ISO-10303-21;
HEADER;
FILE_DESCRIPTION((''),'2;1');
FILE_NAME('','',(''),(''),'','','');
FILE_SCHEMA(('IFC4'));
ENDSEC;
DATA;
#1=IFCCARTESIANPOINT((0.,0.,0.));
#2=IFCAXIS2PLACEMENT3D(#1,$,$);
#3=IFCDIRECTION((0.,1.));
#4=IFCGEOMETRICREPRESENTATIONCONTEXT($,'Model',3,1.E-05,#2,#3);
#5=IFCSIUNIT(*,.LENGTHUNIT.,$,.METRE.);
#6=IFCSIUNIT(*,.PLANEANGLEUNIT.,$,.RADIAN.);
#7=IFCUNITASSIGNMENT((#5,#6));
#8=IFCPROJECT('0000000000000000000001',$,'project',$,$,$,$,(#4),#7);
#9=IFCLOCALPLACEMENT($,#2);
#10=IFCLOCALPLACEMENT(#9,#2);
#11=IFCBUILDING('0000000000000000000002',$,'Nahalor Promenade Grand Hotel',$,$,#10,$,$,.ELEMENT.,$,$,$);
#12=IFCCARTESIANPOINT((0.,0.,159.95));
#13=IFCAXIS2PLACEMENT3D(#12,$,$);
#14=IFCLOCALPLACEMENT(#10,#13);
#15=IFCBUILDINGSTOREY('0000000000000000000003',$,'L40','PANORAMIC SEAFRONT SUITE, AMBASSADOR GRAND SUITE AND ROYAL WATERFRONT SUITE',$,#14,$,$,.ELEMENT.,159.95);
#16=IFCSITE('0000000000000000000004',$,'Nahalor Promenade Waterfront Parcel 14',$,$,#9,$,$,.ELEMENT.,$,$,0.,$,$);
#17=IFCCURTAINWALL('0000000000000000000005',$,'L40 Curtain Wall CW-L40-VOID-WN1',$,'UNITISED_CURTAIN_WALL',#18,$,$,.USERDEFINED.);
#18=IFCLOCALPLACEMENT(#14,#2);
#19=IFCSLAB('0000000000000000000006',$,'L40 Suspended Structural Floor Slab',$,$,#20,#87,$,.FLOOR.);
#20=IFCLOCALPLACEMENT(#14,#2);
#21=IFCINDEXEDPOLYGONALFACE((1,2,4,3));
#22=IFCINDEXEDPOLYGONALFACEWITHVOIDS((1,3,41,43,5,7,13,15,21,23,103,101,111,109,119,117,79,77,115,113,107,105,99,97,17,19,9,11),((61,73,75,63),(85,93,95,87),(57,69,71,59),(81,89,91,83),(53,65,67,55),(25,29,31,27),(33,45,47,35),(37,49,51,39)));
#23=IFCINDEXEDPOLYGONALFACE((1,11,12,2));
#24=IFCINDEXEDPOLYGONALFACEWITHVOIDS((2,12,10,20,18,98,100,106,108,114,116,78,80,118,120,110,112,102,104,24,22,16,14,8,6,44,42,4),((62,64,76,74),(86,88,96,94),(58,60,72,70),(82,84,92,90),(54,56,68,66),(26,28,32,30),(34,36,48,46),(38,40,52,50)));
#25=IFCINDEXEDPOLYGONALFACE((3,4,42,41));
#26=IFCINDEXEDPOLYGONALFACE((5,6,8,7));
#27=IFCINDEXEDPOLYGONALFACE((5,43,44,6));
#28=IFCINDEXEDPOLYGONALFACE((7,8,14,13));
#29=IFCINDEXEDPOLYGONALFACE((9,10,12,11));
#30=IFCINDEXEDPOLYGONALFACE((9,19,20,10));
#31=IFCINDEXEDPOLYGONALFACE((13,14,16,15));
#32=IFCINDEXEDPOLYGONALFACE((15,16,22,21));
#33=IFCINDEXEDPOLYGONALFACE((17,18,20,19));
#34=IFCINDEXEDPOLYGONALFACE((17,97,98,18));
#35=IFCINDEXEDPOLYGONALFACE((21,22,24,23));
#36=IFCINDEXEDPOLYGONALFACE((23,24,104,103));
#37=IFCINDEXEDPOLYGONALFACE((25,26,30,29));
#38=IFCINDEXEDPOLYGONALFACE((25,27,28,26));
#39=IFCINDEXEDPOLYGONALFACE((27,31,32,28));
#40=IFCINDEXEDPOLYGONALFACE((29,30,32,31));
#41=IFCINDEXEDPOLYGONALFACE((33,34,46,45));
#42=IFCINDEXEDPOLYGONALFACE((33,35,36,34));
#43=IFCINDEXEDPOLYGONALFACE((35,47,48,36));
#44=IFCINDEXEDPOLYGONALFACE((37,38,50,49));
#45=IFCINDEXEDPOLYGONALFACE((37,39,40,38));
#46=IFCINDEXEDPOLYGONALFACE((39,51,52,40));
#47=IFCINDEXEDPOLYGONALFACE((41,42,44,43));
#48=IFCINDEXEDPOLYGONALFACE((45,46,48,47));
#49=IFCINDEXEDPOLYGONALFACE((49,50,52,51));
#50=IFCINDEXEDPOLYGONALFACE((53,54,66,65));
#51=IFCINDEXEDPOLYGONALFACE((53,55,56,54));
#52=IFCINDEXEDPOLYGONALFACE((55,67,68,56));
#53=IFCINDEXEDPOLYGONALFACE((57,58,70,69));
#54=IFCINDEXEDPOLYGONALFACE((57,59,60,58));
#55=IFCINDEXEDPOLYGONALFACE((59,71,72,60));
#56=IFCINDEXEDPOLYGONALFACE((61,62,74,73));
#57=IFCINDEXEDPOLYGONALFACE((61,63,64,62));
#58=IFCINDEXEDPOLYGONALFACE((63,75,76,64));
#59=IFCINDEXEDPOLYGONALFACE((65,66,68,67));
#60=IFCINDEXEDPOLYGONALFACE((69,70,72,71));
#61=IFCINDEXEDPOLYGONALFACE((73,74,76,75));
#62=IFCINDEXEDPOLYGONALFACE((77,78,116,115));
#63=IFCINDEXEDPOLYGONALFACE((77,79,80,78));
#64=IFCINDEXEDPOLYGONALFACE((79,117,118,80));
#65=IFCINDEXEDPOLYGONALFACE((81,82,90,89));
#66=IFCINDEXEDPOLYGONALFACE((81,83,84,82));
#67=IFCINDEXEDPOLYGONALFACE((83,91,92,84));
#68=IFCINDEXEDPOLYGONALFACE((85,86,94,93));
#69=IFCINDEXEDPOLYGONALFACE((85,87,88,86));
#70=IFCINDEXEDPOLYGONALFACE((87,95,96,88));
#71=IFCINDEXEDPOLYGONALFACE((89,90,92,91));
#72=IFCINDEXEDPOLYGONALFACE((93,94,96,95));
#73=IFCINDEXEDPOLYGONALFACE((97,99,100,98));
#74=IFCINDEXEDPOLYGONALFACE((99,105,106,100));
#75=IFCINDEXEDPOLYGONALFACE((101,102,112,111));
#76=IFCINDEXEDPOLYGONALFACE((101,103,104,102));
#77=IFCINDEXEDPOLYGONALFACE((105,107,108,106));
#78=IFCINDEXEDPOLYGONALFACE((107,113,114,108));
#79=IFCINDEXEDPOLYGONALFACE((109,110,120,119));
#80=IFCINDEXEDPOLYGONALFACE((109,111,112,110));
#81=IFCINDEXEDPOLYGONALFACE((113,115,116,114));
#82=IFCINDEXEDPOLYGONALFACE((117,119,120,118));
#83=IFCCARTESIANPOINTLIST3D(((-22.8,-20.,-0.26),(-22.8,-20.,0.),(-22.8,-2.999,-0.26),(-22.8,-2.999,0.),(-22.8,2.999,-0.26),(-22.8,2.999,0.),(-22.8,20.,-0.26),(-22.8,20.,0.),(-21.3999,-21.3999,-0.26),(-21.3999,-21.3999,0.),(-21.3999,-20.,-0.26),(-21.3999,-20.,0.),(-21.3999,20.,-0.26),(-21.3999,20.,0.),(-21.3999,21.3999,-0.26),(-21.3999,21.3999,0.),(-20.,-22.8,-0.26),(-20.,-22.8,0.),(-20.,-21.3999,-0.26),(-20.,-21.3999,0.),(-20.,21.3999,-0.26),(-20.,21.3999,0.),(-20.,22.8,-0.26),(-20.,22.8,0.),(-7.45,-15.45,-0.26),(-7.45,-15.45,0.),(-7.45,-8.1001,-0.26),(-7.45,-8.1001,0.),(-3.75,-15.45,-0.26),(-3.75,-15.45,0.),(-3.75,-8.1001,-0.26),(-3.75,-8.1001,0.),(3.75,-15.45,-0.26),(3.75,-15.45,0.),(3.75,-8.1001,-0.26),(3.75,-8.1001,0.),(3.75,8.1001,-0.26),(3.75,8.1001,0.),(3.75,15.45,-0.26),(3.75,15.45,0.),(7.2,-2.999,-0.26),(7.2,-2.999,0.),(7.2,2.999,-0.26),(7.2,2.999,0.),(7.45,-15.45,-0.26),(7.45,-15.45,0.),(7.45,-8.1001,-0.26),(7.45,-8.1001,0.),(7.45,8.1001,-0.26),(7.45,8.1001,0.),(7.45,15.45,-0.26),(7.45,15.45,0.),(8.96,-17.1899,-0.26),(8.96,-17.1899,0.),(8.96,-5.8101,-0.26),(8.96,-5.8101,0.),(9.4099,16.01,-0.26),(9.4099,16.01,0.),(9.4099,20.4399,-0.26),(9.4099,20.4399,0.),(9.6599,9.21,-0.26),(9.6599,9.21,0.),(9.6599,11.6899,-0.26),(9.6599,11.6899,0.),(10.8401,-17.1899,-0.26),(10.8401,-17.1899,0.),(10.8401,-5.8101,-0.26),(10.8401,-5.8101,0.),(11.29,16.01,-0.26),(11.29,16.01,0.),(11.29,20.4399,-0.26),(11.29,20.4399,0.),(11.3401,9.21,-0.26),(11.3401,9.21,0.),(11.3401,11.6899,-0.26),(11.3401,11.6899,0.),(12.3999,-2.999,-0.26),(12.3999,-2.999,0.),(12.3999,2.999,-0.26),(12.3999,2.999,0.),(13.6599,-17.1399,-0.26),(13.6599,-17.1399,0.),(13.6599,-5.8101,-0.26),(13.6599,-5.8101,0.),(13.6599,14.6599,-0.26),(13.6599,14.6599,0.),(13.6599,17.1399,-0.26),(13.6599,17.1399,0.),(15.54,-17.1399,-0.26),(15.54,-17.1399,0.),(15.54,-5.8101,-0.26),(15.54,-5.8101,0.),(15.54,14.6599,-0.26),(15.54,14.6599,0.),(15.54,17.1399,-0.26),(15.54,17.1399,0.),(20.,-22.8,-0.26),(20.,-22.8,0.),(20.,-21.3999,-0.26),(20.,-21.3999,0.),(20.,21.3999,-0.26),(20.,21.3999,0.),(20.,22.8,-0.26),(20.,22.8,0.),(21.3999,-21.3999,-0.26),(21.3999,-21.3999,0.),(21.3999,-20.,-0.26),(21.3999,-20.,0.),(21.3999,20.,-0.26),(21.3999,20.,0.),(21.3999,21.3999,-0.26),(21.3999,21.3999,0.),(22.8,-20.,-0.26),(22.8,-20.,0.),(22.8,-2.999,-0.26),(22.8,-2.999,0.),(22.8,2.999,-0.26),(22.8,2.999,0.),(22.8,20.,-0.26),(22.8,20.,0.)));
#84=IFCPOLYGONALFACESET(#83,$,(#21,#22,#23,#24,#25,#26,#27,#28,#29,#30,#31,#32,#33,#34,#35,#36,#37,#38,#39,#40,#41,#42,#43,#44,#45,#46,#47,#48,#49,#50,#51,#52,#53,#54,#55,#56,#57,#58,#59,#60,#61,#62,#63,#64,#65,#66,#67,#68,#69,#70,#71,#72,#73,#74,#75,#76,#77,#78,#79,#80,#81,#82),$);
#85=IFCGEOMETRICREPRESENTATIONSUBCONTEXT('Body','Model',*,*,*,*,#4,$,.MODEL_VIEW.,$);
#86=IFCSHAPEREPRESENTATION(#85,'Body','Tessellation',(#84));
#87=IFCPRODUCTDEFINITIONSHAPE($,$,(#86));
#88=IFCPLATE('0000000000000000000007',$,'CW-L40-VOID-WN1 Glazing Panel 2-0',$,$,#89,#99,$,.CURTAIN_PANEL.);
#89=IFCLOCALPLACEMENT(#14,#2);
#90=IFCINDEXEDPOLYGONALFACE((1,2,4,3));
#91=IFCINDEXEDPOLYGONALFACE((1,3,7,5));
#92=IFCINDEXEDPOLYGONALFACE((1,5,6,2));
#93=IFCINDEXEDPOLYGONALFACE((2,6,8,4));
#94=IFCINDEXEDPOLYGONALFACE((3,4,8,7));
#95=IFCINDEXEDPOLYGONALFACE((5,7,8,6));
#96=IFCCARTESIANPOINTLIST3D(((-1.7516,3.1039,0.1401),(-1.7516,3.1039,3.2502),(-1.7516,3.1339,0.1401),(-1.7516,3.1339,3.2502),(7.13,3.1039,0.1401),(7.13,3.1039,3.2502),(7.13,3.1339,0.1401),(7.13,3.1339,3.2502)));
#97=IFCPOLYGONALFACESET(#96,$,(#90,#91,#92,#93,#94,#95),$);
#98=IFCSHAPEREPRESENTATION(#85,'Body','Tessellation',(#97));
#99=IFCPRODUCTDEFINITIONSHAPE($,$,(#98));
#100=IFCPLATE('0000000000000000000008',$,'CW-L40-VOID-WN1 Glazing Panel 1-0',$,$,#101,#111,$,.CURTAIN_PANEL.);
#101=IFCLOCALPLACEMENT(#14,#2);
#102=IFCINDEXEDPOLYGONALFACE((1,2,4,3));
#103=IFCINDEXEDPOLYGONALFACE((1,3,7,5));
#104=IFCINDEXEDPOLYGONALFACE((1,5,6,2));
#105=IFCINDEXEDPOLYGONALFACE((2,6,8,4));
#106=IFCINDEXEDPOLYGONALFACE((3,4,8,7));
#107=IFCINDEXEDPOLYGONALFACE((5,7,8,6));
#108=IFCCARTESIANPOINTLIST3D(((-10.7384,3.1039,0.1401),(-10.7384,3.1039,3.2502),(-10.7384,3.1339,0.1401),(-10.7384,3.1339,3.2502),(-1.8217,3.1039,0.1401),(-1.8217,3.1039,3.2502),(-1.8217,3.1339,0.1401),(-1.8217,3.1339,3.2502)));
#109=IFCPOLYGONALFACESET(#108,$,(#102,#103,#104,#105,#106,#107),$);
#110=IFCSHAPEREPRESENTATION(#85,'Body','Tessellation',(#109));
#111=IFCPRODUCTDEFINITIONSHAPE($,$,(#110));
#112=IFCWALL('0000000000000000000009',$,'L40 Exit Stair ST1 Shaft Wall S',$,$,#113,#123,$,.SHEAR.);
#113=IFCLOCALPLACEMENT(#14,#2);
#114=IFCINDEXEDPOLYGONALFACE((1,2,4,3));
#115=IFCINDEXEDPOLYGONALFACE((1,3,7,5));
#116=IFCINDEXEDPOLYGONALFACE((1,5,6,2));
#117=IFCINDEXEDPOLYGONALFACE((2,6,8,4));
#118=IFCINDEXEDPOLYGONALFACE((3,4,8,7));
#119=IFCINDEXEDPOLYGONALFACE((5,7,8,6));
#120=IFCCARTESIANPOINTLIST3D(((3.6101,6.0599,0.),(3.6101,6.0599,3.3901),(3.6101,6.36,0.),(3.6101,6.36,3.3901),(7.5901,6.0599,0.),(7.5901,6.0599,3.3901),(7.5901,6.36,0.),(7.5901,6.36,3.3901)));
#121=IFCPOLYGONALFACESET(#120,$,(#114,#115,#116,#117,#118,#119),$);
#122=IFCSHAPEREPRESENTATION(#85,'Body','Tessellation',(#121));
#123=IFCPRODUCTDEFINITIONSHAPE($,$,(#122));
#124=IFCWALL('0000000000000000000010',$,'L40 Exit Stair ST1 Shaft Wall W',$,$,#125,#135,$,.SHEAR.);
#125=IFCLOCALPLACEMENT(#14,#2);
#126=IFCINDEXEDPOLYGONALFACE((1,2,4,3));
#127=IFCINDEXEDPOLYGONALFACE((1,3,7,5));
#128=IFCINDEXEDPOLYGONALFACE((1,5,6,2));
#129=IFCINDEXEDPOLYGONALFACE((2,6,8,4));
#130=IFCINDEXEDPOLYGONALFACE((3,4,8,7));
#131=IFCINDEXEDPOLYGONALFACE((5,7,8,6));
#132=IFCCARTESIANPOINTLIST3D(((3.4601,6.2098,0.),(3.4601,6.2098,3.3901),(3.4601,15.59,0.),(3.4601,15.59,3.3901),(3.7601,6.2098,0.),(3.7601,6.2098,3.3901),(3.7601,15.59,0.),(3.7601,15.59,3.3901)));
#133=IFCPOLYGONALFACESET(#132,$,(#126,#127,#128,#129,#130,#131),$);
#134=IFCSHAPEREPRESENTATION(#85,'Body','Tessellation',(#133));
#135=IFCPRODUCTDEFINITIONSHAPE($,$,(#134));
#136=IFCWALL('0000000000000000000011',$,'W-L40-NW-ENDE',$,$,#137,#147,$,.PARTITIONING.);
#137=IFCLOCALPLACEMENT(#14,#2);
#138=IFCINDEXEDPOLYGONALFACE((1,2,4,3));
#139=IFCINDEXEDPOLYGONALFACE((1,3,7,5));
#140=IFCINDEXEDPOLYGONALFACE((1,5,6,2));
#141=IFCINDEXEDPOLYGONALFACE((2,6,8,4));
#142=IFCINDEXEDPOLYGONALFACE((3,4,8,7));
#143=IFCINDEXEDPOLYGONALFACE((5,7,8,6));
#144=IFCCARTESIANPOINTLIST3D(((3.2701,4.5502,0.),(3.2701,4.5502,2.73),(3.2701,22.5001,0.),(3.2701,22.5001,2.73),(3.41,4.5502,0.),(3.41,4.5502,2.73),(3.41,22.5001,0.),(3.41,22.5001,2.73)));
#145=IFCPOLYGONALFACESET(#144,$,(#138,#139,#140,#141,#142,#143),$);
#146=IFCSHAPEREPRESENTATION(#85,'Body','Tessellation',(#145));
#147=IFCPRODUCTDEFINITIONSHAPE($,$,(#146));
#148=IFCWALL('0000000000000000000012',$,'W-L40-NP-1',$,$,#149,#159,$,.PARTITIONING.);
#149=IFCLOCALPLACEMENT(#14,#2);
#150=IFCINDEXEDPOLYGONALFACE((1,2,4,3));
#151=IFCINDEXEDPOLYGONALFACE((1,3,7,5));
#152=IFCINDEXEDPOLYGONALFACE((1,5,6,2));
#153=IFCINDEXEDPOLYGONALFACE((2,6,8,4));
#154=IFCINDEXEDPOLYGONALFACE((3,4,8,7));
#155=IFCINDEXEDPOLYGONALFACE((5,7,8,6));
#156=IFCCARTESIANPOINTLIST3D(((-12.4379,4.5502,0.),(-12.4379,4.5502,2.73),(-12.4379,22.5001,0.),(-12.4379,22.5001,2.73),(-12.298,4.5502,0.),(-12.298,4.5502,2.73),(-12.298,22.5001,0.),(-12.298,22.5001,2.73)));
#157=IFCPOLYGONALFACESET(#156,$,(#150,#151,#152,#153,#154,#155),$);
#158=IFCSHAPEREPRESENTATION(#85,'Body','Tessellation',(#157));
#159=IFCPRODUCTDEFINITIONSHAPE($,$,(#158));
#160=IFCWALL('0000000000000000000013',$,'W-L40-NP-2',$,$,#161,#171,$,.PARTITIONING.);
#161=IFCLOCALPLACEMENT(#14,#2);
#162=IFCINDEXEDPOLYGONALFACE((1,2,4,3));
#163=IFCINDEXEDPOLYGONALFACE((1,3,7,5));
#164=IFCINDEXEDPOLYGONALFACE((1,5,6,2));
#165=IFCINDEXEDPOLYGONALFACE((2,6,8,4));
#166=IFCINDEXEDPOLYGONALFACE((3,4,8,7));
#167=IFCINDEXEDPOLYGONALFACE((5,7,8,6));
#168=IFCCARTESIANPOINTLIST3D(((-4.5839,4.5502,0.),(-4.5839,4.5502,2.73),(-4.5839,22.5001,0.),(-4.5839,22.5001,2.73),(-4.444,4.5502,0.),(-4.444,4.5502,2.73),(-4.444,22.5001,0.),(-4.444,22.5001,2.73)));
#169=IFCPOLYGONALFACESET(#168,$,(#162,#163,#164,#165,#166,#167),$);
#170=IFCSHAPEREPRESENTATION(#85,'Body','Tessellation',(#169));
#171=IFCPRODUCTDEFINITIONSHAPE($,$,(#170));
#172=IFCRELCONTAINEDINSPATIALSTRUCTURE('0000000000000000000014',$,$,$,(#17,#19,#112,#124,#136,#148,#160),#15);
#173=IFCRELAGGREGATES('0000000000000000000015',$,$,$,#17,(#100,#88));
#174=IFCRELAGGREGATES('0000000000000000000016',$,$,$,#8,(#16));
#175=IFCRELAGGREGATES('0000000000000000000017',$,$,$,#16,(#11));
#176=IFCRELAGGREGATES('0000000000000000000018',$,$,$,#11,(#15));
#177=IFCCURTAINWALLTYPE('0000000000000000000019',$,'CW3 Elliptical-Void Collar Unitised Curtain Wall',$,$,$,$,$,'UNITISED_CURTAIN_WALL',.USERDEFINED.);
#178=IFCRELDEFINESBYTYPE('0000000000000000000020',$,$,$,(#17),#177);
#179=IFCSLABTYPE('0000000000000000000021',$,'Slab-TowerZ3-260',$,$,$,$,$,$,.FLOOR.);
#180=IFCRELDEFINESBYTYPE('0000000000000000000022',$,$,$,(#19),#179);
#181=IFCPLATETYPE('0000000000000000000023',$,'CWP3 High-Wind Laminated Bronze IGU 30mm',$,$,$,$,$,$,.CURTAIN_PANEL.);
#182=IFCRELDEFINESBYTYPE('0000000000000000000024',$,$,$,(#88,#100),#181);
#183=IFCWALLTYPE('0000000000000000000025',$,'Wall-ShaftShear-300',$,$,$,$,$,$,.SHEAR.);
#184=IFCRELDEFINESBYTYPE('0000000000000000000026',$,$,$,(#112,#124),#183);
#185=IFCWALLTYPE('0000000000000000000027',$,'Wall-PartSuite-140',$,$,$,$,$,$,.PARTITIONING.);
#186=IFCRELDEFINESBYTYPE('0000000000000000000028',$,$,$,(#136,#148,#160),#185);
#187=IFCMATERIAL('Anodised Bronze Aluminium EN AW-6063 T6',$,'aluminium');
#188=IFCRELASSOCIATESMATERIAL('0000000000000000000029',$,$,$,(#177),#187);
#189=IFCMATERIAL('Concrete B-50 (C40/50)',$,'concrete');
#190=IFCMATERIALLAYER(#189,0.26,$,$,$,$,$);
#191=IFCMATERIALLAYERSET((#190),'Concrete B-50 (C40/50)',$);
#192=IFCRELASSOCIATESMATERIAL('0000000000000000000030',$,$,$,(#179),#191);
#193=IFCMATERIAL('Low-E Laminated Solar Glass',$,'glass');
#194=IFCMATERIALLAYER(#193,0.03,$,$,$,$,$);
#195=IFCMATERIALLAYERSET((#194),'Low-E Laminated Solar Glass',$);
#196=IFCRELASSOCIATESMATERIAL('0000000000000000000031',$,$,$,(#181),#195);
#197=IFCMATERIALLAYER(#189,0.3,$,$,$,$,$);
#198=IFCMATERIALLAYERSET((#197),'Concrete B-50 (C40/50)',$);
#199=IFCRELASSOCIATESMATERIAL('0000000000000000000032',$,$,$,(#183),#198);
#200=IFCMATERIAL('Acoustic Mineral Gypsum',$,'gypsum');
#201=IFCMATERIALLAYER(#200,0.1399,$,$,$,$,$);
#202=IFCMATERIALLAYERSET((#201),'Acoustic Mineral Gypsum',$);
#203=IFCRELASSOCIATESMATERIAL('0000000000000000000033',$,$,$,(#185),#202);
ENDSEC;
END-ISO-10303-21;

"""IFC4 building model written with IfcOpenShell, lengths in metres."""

from ifc_helpers import new_model, si_unit, direction, frame, frame_2d, origin, origin_2d, place, context, subcontext, project, spatial, polyline, rectangle, outline, extrude, source, transform, mapped, material, layer, layer_set, type_object, element, aggregate, save


model = new_model("IFC4")

# Units and contexts
model_context = context("Model", 3, precision=1e-05, world=origin(), true_north=direction((0.0, 1.0)))
body_context = subcontext(model_context, "Body", "Model", "MODEL_VIEW")
ifc_project = project(units=[si_unit("LENGTHUNIT", "METRE"), si_unit("PLANEANGLEUNIT", "RADIAN")], contexts=[model_context])

# Site, building, storey
site_placement = place(None, origin())
site = spatial("IfcSite", under=ifc_project, at=site_placement, Name="Nahalor Promenade Waterfront Parcel 14", CompositionType="ELEMENT", RefElevation=0.0)
building_placement = place(site_placement, origin())
building = spatial("IfcBuilding", under=site, at=building_placement, Name="Nahalor Promenade Grand Hotel", CompositionType="ELEMENT")
storey_placement = place(building_placement, frame((0.0, 0.0, 159.95)))
storey = spatial("IfcBuildingStorey", under=building, at=storey_placement, Name="L40", Description="PANORAMIC SEAFRONT SUITE, AMBASSADOR GRAND SUITE AND ROYAL WATERFRONT SUITE", CompositionType="ELEMENT", Elevation=159.95)

# Curtain wall
ifc_material_1 = material(Name="Anodised Bronze Aluminium EN AW-6063 T6", Category="aluminium")
curtain_wall_type = type_object("IfcCurtainWallType", Name="CW3 Elliptical-Void Collar Unitised Curtain Wall", ElementType="UNITISED_CURTAIN_WALL", PredefinedType="USERDEFINED", material=ifc_material_1)
curtain_wall_placement = place(storey_placement, origin())
curtain_wall = element("IfcCurtainWall", 1, at=curtain_wall_placement, inside=storey, type_object=curtain_wall_type, Name="L40 Curtain Wall CW-L40-VOID-WN1", ObjectType="UNITISED_CURTAIN_WALL", PredefinedType="USERDEFINED")

# Shared definitions
ifc_material_2 = material(Name="Concrete B-50 (C40/50)", Category="concrete")

# Slab
ifc_layer_1 = layer(ifc_material_2, 0.26)
ifc_layer_set_1 = layer_set([ifc_layer_1], Name="Concrete B-50 (C40/50)")
slab_type_1 = type_object("IfcSlabType", Name="Slab-TowerZ3-260", PredefinedType="FLOOR", material=ifc_layer_set_1)
slab_1_placement = place(storey_placement, frame((0.0, 0.0, -0.26)))
element("IfcSlab", 2, at=slab_1_placement, inside=storey, type_object=slab_type_1, Name="L40 Suspended Structural Floor Slab", PredefinedType="FLOOR", context=body_context, shape_type="SweptSolid", body=[
    extrude(outline(polyline([(-20.0, -22.8), (20.0, -22.8), (20.0, -21.3999), (21.3999, -21.3999), (21.3999, -20.0), (22.8, -20.0), (22.8, -2.999), (12.3999, -2.999), (12.3999, 2.999), (22.8, 2.999), (22.8, 20.0), (21.3999, 20.0), (21.3999, 21.3999), (20.0, 21.3999), (20.0, 22.8), (-20.0, 22.8), (-20.0, 21.3999), (-21.3999, 21.3999), (-21.3999, 20.0), (-22.8, 20.0), (-22.8, 2.999), (7.2, 2.999), (7.2, -2.999), (-22.8, -2.999), (-22.8, -20.0), (-21.3999, -20.0), (-21.3999, -21.3999), (-20.0, -21.3999), (-20.0, -22.8)]), holes=[polyline([(3.75, 8.1001), (7.45, 8.1001), (7.45, 15.45), (3.75, 15.45), (3.75, 8.1001)]), polyline([(3.75, -15.45), (7.45, -15.45), (7.45, -8.1001), (3.75, -8.1001), (3.75, -15.45)]), polyline([(-7.45, -15.45), (-3.75, -15.45), (-3.75, -8.1001), (-7.45, -8.1001), (-7.45, -15.45)]), polyline([(13.6599, -17.1399), (15.54, -17.1399), (15.54, -5.8101), (13.6599, -5.8101), (13.6599, -17.1399)]), polyline([(8.96, -17.1899), (10.8401, -17.1899), (10.8401, -5.8101), (8.96, -5.8101), (8.96, -17.1899)]), polyline([(9.4099, 16.01), (11.29, 16.01), (11.29, 20.4399), (9.4099, 20.4399), (9.4099, 16.01)]), polyline([(9.6599, 9.21), (11.3401, 9.21), (11.3401, 11.6899), (9.6599, 11.6899), (9.6599, 9.21)]), polyline([(13.6599, 14.6599), (15.54, 14.6599), (15.54, 17.1399), (13.6599, 17.1399), (13.6599, 14.6599)])]), origin(), (0.0, 0.0, 1.0), 0.26),
])

# Plates
ifc_material_3 = material(Name="Low-E Laminated Solar Glass", Category="glass")
ifc_layer_2 = layer(ifc_material_3, 0.03)
ifc_layer_set_2 = layer_set([ifc_layer_2], Name="Low-E Laminated Solar Glass")
plate_type = type_object("IfcPlateType", Name="CWP3 High-Wind Laminated Bronze IGU 30mm", PredefinedType="CURTAIN_PANEL", material=ifc_layer_set_2)
shared_shape_1 = source(origin(), body_context, "Body", "SweptSolid", [
    extrude(rectangle(XDim=8.8816, YDim=0.03, at=origin_2d()), origin(), (0.0, 0.0, 1.0), 3.1101),
])
plate_1_placement = place(storey_placement, frame((2.6892, 3.1189, 0.1401), z_axis=(0.0, 0.0, 1.0), x_axis=(1.0, 0.0, 0.0)))
plate_1 = element("IfcPlate", 3, at=plate_1_placement, type_object=plate_type, Name="CW-L40-VOID-WN1 Glazing Panel 2-0", PredefinedType="CURTAIN_PANEL", context=body_context, shape_type="MappedRepresentation", body=[
    mapped(shared_shape_1, transform((0.0, 0.0, 0.0), scale=1.0)),
])
shared_shape_2 = source(origin(), body_context, "Body", "SweptSolid", [
    extrude(rectangle(XDim=8.9167, YDim=0.03, at=origin_2d()), origin(), (0.0, 0.0, 1.0), 3.1101),
])
plate_2_placement = place(storey_placement, frame((-6.28, 3.1189, 0.1401), z_axis=(0.0, 0.0, 1.0), x_axis=(1.0, 0.0, 0.0)))
plate_2 = element("IfcPlate", 4, at=plate_2_placement, type_object=plate_type, Name="CW-L40-VOID-WN1 Glazing Panel 1-0", PredefinedType="CURTAIN_PANEL", context=body_context, shape_type="MappedRepresentation", body=[
    mapped(shared_shape_2, transform((0.0, 0.0, 0.0), scale=1.0)),
])
aggregate(curtain_wall, [plate_2, plate_1])

# Walls
ifc_layer_3 = layer(ifc_material_2, 0.3)
ifc_layer_set_3 = layer_set([ifc_layer_3], Name="Concrete B-50 (C40/50)")
wall_type_1 = type_object("IfcWallType", Name="Wall-ShaftShear-300", PredefinedType="SHEAR", material=ifc_layer_set_3)
shared_shape_3 = source(origin(), body_context, "Body", "SweptSolid", [
    extrude(rectangle(XDim=3.98, YDim=0.3, at=frame_2d((1.99, 0.0))), origin(), (0.0, 0.0, 1.0), 3.3901),
])
wall_1_placement = place(storey_placement, frame((3.6101, 6.21, 0.0), z_axis=(0.0, 0.0, 1.0), x_axis=(1.0, 0.0, 0.0)))
element("IfcWall", 5, at=wall_1_placement, inside=storey, type_object=wall_type_1, Name="L40 Exit Stair ST1 Shaft Wall S", PredefinedType="SHEAR", context=body_context, shape_type="MappedRepresentation", body=[
    mapped(shared_shape_3, transform((0.0, 0.0, 0.0), scale=1.0)),
])
shared_shape_4 = source(origin(), body_context, "Body", "SweptSolid", [
    extrude(rectangle(XDim=9.3801, YDim=0.3, at=frame_2d((4.6899, 0.0))), origin(), (0.0, 0.0, 1.0), 3.3901),
])
wall_2_placement = place(storey_placement, frame((3.6101, 6.21, 0.0), z_axis=(0.0, 0.0, 1.0), x_axis=(0.0, 1.0, 0.0)))
element("IfcWall", 6, at=wall_2_placement, inside=storey, type_object=wall_type_1, Name="L40 Exit Stair ST1 Shaft Wall W", PredefinedType="SHEAR", context=body_context, shape_type="MappedRepresentation", body=[
    mapped(shared_shape_4, transform((0.0, 0.0, 0.0), scale=1.0)),
])
ifc_material_4 = material(Name="Acoustic Mineral Gypsum", Category="gypsum")
ifc_layer_4 = layer(ifc_material_4, 0.1399)
ifc_layer_set_4 = layer_set([ifc_layer_4], Name="Acoustic Mineral Gypsum")
wall_type_2 = type_object("IfcWallType", Name="Wall-PartSuite-140", PredefinedType="PARTITIONING", material=ifc_layer_set_4)
shared_shape_5 = source(origin(), body_context, "Body", "SweptSolid", [
    extrude(rectangle(XDim=17.95, YDim=0.1399, at=frame_2d((8.9751, 0.0))), origin(), (0.0, 0.0, 1.0), 2.73),
])
for number, where, z_axis, x_axis, name in (
    (7, (3.3401, 4.55, 0.0), (0.0, 0.0, 1.0), (0.0, 1.0, 0.0), "W-L40-NW-ENDE"),
    (8, (-12.3679, 4.55, 0.0), (0.0, 0.0, 1.0), (0.0, 1.0, 0.0), "W-L40-NP-1"),
    (9, (-4.5139, 4.55, 0.0), (0.0, 0.0, 1.0), (0.0, 1.0, 0.0), "W-L40-NP-2"),
):
    element("IfcWall", number, at=place(storey_placement, frame(where, z_axis=z_axis, x_axis=x_axis)), inside=storey, type_object=wall_type_2, Name=name, PredefinedType="PARTITIONING", context=body_context, shape_type="MappedRepresentation", body=[
        mapped(shared_shape_5, transform((0.0, 0.0, 0.0), scale=1.0)),
    ])

save(model, "model.ifc")
